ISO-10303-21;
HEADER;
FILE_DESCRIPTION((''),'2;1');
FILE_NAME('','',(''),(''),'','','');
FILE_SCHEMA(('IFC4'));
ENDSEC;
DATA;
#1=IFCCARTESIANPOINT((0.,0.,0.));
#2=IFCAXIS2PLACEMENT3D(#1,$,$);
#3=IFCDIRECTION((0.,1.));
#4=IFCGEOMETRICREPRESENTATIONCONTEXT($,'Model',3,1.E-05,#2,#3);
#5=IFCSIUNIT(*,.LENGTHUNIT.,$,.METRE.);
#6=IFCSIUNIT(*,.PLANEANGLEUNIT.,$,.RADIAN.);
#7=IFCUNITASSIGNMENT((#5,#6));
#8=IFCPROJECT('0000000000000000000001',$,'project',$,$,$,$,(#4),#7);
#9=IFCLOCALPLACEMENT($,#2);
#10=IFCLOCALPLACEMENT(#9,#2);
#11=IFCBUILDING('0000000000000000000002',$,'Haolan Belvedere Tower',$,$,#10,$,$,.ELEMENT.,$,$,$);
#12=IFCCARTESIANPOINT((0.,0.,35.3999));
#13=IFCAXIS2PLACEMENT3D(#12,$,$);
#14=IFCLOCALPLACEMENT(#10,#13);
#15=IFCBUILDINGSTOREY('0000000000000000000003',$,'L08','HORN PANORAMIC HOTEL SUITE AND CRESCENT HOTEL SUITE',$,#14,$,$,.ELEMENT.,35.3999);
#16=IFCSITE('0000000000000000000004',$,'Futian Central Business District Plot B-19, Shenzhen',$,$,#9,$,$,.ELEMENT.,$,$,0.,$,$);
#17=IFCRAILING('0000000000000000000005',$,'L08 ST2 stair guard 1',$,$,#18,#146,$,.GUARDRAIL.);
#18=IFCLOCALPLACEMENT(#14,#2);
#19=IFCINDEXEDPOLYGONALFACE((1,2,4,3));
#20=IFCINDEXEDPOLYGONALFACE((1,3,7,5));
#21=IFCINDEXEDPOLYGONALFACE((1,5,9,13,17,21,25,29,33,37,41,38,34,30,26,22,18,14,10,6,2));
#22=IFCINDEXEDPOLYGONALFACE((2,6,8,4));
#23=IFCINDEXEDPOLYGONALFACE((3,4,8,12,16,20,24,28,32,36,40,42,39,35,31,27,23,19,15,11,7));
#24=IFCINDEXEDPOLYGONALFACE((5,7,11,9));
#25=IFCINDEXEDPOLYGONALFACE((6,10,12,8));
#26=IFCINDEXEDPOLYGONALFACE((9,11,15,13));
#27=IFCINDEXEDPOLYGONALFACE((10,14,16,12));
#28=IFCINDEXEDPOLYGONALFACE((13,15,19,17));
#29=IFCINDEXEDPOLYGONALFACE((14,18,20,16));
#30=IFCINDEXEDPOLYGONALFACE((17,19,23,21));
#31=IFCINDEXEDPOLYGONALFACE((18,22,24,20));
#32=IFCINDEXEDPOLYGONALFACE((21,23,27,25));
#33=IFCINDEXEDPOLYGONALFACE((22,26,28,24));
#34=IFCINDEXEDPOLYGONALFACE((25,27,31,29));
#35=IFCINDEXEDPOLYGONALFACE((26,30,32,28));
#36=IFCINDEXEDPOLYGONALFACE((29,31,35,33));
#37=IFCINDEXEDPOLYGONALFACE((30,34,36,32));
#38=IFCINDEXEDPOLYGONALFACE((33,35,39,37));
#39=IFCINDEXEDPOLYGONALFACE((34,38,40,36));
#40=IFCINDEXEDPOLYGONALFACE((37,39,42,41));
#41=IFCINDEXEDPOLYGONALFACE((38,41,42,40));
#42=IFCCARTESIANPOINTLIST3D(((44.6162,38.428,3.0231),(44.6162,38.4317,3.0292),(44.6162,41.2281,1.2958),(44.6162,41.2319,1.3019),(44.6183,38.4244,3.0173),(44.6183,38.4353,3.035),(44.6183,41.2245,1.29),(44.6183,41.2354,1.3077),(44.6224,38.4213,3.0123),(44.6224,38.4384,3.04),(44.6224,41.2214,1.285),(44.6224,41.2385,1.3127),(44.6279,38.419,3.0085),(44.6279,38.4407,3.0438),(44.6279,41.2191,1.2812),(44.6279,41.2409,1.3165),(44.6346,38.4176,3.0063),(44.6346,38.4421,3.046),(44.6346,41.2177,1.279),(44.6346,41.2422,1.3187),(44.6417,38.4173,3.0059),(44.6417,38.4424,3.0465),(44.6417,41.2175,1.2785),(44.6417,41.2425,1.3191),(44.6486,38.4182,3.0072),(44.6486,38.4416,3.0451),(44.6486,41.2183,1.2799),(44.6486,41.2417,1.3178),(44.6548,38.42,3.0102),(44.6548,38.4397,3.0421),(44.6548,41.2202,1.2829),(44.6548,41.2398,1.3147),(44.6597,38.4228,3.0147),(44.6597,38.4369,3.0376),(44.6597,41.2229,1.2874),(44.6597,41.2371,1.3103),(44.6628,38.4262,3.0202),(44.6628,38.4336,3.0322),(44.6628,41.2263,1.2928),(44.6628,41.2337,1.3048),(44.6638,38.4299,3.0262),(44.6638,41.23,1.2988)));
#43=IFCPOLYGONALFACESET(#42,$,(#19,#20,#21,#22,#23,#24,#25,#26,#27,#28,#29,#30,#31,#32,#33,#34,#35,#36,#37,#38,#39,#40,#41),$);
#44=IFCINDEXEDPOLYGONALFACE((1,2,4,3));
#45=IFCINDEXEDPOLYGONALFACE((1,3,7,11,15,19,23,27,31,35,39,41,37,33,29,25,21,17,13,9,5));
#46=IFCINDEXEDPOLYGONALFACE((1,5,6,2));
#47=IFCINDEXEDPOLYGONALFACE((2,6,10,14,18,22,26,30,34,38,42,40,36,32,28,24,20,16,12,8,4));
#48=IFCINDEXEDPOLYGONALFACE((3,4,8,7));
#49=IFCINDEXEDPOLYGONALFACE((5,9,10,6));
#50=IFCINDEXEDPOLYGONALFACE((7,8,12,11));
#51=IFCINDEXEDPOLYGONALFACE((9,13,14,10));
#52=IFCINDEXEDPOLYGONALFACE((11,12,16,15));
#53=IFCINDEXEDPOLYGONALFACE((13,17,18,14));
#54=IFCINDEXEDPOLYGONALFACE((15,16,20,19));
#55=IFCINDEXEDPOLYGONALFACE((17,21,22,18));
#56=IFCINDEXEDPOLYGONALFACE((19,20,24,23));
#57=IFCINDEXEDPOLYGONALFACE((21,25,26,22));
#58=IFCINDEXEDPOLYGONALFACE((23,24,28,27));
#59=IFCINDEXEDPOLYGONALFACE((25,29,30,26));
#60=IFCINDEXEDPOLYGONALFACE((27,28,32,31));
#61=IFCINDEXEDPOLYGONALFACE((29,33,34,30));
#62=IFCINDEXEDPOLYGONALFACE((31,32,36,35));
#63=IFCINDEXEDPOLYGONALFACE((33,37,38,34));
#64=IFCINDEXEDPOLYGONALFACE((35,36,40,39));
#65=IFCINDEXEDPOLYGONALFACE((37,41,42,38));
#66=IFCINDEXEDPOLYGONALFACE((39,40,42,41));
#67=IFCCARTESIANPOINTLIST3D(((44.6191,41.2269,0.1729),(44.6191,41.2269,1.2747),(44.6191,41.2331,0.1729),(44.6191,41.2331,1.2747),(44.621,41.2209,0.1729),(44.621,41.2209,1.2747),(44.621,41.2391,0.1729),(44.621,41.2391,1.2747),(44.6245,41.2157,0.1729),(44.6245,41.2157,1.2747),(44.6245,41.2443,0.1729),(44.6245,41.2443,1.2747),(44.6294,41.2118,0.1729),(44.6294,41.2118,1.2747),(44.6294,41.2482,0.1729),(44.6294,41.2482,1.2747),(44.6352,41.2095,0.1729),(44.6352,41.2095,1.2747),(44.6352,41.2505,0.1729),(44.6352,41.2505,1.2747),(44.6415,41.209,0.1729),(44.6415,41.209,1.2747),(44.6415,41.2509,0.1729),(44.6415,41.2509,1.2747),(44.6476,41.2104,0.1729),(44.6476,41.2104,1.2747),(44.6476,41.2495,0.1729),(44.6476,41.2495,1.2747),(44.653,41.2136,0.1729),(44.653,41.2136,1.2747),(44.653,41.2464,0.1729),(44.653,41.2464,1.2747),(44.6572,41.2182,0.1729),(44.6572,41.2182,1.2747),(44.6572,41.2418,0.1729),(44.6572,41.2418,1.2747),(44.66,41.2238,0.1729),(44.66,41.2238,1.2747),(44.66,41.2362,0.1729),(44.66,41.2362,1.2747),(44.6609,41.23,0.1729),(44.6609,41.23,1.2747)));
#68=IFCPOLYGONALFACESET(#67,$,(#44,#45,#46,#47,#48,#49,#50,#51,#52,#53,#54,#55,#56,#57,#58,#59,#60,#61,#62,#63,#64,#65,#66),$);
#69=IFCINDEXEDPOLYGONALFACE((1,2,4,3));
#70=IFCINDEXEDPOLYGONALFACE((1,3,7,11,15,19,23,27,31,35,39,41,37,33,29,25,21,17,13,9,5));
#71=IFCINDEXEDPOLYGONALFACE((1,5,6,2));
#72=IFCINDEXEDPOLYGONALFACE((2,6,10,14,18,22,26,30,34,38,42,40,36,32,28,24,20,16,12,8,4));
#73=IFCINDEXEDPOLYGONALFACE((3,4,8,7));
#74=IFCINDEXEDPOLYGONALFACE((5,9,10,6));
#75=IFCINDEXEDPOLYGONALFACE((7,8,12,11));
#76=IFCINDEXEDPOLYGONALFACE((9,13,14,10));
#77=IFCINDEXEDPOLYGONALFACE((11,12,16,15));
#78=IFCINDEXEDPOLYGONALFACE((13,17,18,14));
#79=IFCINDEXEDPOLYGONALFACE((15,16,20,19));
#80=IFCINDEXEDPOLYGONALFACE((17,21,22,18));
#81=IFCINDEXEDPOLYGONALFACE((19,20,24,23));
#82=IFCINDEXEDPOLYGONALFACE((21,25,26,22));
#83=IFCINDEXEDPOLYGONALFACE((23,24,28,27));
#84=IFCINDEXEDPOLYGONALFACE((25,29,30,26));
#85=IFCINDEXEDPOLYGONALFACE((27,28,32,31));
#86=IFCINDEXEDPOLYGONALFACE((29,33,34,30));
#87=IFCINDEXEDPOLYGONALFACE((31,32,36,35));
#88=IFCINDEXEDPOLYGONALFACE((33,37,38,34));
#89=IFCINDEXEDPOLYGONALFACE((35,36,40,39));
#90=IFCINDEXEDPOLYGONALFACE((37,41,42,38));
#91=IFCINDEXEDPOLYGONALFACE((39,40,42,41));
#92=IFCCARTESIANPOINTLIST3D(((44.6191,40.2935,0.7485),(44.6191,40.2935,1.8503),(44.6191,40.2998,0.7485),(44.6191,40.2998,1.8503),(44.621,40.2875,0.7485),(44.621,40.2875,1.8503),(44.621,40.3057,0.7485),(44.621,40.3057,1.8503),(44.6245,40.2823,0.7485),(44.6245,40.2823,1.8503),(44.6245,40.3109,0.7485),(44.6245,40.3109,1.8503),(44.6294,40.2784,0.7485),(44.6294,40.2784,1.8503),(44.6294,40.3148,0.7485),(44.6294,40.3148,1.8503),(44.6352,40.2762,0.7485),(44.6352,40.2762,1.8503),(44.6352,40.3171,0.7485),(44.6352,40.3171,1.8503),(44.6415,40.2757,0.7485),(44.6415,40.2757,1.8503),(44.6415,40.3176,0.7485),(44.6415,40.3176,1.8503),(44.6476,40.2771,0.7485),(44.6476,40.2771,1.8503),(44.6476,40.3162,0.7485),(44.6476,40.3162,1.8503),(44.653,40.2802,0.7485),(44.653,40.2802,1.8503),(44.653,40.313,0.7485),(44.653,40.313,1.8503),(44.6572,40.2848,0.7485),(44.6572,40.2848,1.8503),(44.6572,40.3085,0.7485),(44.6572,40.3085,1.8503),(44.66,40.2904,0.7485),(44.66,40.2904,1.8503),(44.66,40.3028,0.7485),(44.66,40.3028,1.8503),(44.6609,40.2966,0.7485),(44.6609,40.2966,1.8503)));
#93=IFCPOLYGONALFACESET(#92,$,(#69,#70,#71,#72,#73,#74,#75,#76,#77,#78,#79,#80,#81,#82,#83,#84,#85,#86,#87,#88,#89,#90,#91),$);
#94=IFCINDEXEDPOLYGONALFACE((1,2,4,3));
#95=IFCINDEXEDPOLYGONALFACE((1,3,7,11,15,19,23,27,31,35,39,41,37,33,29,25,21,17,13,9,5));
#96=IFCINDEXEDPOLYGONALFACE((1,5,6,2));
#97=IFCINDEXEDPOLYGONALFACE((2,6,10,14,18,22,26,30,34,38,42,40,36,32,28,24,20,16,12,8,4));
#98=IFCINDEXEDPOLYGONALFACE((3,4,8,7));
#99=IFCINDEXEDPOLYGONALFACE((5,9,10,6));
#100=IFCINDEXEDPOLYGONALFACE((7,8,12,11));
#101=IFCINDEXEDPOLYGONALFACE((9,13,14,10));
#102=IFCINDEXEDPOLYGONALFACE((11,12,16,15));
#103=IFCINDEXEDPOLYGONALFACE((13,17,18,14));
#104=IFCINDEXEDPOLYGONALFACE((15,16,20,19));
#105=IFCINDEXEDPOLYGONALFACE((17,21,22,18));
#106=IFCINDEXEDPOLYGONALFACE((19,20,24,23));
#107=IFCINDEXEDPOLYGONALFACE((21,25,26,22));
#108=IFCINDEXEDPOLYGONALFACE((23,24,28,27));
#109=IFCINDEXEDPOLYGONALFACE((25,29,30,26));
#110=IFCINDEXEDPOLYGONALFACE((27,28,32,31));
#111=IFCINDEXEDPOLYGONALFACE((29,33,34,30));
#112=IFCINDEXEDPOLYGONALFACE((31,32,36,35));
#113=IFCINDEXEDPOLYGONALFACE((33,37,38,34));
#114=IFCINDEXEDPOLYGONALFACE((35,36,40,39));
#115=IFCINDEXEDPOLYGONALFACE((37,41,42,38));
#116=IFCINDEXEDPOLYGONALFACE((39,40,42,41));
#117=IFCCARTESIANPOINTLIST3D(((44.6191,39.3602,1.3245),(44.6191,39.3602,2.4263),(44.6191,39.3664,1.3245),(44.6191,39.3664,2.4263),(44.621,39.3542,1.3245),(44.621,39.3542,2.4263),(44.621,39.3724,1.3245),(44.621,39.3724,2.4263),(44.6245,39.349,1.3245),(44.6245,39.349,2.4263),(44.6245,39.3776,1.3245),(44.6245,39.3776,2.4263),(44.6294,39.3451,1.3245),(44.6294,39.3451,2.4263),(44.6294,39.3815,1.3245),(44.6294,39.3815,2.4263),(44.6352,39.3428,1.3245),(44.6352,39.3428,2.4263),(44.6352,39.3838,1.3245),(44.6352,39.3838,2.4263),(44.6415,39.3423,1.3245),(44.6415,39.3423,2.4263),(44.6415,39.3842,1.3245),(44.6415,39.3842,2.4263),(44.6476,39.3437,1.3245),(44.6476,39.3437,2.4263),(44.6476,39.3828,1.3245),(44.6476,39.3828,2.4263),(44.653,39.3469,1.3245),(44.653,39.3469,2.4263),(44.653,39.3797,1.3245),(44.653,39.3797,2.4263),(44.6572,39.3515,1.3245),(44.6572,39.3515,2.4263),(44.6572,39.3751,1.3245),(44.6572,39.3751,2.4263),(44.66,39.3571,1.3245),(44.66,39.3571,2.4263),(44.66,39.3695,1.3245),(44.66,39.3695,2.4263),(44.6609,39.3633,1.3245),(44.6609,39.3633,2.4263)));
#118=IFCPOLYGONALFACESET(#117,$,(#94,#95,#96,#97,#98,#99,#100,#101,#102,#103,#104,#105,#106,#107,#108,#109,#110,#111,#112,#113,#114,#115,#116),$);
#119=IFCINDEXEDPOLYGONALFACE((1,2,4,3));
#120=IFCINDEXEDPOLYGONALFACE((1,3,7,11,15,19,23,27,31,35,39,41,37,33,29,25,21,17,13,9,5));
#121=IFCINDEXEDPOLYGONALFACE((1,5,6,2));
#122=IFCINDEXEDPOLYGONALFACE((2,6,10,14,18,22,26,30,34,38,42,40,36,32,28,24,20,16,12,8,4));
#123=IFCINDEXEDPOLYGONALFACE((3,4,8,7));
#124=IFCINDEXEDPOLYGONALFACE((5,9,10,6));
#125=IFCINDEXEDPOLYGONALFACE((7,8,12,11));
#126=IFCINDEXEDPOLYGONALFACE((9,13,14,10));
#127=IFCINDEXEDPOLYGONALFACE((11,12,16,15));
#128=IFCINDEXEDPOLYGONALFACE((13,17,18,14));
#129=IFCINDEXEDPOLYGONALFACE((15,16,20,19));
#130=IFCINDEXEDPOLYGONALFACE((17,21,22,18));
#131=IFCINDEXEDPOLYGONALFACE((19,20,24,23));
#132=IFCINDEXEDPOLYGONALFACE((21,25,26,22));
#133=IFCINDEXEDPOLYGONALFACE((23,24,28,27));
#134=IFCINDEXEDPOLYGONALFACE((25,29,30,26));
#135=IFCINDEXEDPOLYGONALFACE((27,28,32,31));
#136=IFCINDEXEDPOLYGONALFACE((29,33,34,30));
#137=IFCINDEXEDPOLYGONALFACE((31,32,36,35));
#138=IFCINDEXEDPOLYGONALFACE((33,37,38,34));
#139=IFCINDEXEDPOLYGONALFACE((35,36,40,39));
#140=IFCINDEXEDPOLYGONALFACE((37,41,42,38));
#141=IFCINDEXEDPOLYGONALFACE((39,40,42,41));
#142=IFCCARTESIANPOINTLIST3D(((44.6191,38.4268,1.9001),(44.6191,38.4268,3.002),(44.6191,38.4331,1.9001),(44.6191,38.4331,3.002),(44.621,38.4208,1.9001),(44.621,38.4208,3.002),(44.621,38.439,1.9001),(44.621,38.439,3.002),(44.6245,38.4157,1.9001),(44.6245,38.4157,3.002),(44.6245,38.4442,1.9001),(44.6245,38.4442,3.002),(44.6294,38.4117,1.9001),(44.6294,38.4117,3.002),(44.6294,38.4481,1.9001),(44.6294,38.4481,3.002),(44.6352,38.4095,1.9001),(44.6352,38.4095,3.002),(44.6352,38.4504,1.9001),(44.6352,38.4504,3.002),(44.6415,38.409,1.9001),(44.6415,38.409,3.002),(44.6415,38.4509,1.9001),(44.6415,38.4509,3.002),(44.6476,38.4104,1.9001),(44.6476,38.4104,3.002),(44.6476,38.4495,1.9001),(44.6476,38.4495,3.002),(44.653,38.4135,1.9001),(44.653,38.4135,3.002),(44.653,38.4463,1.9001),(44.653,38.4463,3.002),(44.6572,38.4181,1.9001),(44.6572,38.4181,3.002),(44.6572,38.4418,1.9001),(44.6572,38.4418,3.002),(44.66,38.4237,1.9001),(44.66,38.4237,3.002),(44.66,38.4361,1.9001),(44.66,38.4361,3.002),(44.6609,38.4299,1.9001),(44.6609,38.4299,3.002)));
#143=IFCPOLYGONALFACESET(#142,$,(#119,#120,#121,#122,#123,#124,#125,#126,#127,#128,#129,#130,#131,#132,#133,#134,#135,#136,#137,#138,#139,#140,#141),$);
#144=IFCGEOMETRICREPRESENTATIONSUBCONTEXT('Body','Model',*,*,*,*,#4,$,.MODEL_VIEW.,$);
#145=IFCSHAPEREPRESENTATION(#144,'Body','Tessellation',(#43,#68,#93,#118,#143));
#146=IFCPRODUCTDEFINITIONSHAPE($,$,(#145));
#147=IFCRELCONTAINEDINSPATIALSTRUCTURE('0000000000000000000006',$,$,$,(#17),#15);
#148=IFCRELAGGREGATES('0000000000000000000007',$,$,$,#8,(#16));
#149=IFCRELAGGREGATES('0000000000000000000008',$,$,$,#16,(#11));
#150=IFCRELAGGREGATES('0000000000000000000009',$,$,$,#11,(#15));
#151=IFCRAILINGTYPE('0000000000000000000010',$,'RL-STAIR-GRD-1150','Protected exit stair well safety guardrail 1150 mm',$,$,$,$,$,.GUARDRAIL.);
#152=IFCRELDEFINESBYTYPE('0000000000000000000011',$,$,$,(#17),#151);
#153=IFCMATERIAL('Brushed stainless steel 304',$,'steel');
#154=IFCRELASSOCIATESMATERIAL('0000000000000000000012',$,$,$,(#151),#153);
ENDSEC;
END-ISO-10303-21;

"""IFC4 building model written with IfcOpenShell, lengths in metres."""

from ifc_helpers import new_model, si_unit, direction, frame, origin, origin_2d, place, context, subcontext, project, spatial, circle, extrude, material, type_object, element, save


model = new_model("IFC4")

# Units and contexts
model_context = context("Model", 3, precision=1e-05, world=origin(), true_north=direction((0.0, 1.0)))
body_context = subcontext(model_context, "Body", "Model", "MODEL_VIEW")
ifc_project = project(units=[si_unit("LENGTHUNIT", "METRE"), si_unit("PLANEANGLEUNIT", "RADIAN")], contexts=[model_context])

# Site, building, storey
site_placement = place(None, origin())
site = spatial("IfcSite", under=ifc_project, at=site_placement, Name="Futian Central Business District Plot B-19, Shenzhen", CompositionType="ELEMENT", RefElevation=0.0)
building_placement = place(site_placement, origin())
building = spatial("IfcBuilding", under=site, at=building_placement, Name="Haolan Belvedere Tower", CompositionType="ELEMENT")
storey_placement = place(building_placement, frame((0.0, 0.0, 35.3999)))
storey = spatial("IfcBuildingStorey", under=building, at=storey_placement, Name="L08", Description="HORN PANORAMIC HOTEL SUITE AND CRESCENT HOTEL SUITE", CompositionType="ELEMENT", Elevation=35.3999)

# Railing
ifc_material_1 = material(Name="Brushed stainless steel 304", Category="steel")
railing_type_1 = type_object("IfcRailingType", Name="RL-STAIR-GRD-1150", Description="Protected exit stair well safety guardrail 1150 mm", PredefinedType="GUARDRAIL", material=ifc_material_1)
railing_1_placement = place(storey_placement, frame((44.6399, 41.23, 0.1729)))
element("IfcRailing", 1, at=railing_1_placement, inside=storey, type_object=railing_type_1, Name="L08 ST2 stair guard 1", PredefinedType="GUARDRAIL", context=body_context, shape_type="SweptSolid", body=[
    extrude(circle(Radius=0.0239, at=origin_2d()), frame((0.0, 0.0, 1.126), z_axis=(0.0, -0.85109, 0.52502), x_axis=(1.0, 0.0, 0.0)), (0.0, 0.0, 1.0), 3.29),
    extrude(circle(Radius=0.021, at=origin_2d()), origin(), (0.0, 0.0, 1.0), 1.1018),
    extrude(circle(Radius=0.021, at=origin_2d()), frame((0.0, -0.9333, 0.5757)), (0.0, 0.0, 1.0), 1.1018),
    extrude(circle(Radius=0.021, at=origin_2d()), frame((0.0, -1.8667, 1.1516)), (0.0, 0.0, 1.0), 1.1018),
    extrude(circle(Radius=0.021, at=origin_2d()), frame((0.0, -2.8, 1.7273)), (0.0, 0.0, 1.0), 1.1018),
])

save(model, "model.ifc")
